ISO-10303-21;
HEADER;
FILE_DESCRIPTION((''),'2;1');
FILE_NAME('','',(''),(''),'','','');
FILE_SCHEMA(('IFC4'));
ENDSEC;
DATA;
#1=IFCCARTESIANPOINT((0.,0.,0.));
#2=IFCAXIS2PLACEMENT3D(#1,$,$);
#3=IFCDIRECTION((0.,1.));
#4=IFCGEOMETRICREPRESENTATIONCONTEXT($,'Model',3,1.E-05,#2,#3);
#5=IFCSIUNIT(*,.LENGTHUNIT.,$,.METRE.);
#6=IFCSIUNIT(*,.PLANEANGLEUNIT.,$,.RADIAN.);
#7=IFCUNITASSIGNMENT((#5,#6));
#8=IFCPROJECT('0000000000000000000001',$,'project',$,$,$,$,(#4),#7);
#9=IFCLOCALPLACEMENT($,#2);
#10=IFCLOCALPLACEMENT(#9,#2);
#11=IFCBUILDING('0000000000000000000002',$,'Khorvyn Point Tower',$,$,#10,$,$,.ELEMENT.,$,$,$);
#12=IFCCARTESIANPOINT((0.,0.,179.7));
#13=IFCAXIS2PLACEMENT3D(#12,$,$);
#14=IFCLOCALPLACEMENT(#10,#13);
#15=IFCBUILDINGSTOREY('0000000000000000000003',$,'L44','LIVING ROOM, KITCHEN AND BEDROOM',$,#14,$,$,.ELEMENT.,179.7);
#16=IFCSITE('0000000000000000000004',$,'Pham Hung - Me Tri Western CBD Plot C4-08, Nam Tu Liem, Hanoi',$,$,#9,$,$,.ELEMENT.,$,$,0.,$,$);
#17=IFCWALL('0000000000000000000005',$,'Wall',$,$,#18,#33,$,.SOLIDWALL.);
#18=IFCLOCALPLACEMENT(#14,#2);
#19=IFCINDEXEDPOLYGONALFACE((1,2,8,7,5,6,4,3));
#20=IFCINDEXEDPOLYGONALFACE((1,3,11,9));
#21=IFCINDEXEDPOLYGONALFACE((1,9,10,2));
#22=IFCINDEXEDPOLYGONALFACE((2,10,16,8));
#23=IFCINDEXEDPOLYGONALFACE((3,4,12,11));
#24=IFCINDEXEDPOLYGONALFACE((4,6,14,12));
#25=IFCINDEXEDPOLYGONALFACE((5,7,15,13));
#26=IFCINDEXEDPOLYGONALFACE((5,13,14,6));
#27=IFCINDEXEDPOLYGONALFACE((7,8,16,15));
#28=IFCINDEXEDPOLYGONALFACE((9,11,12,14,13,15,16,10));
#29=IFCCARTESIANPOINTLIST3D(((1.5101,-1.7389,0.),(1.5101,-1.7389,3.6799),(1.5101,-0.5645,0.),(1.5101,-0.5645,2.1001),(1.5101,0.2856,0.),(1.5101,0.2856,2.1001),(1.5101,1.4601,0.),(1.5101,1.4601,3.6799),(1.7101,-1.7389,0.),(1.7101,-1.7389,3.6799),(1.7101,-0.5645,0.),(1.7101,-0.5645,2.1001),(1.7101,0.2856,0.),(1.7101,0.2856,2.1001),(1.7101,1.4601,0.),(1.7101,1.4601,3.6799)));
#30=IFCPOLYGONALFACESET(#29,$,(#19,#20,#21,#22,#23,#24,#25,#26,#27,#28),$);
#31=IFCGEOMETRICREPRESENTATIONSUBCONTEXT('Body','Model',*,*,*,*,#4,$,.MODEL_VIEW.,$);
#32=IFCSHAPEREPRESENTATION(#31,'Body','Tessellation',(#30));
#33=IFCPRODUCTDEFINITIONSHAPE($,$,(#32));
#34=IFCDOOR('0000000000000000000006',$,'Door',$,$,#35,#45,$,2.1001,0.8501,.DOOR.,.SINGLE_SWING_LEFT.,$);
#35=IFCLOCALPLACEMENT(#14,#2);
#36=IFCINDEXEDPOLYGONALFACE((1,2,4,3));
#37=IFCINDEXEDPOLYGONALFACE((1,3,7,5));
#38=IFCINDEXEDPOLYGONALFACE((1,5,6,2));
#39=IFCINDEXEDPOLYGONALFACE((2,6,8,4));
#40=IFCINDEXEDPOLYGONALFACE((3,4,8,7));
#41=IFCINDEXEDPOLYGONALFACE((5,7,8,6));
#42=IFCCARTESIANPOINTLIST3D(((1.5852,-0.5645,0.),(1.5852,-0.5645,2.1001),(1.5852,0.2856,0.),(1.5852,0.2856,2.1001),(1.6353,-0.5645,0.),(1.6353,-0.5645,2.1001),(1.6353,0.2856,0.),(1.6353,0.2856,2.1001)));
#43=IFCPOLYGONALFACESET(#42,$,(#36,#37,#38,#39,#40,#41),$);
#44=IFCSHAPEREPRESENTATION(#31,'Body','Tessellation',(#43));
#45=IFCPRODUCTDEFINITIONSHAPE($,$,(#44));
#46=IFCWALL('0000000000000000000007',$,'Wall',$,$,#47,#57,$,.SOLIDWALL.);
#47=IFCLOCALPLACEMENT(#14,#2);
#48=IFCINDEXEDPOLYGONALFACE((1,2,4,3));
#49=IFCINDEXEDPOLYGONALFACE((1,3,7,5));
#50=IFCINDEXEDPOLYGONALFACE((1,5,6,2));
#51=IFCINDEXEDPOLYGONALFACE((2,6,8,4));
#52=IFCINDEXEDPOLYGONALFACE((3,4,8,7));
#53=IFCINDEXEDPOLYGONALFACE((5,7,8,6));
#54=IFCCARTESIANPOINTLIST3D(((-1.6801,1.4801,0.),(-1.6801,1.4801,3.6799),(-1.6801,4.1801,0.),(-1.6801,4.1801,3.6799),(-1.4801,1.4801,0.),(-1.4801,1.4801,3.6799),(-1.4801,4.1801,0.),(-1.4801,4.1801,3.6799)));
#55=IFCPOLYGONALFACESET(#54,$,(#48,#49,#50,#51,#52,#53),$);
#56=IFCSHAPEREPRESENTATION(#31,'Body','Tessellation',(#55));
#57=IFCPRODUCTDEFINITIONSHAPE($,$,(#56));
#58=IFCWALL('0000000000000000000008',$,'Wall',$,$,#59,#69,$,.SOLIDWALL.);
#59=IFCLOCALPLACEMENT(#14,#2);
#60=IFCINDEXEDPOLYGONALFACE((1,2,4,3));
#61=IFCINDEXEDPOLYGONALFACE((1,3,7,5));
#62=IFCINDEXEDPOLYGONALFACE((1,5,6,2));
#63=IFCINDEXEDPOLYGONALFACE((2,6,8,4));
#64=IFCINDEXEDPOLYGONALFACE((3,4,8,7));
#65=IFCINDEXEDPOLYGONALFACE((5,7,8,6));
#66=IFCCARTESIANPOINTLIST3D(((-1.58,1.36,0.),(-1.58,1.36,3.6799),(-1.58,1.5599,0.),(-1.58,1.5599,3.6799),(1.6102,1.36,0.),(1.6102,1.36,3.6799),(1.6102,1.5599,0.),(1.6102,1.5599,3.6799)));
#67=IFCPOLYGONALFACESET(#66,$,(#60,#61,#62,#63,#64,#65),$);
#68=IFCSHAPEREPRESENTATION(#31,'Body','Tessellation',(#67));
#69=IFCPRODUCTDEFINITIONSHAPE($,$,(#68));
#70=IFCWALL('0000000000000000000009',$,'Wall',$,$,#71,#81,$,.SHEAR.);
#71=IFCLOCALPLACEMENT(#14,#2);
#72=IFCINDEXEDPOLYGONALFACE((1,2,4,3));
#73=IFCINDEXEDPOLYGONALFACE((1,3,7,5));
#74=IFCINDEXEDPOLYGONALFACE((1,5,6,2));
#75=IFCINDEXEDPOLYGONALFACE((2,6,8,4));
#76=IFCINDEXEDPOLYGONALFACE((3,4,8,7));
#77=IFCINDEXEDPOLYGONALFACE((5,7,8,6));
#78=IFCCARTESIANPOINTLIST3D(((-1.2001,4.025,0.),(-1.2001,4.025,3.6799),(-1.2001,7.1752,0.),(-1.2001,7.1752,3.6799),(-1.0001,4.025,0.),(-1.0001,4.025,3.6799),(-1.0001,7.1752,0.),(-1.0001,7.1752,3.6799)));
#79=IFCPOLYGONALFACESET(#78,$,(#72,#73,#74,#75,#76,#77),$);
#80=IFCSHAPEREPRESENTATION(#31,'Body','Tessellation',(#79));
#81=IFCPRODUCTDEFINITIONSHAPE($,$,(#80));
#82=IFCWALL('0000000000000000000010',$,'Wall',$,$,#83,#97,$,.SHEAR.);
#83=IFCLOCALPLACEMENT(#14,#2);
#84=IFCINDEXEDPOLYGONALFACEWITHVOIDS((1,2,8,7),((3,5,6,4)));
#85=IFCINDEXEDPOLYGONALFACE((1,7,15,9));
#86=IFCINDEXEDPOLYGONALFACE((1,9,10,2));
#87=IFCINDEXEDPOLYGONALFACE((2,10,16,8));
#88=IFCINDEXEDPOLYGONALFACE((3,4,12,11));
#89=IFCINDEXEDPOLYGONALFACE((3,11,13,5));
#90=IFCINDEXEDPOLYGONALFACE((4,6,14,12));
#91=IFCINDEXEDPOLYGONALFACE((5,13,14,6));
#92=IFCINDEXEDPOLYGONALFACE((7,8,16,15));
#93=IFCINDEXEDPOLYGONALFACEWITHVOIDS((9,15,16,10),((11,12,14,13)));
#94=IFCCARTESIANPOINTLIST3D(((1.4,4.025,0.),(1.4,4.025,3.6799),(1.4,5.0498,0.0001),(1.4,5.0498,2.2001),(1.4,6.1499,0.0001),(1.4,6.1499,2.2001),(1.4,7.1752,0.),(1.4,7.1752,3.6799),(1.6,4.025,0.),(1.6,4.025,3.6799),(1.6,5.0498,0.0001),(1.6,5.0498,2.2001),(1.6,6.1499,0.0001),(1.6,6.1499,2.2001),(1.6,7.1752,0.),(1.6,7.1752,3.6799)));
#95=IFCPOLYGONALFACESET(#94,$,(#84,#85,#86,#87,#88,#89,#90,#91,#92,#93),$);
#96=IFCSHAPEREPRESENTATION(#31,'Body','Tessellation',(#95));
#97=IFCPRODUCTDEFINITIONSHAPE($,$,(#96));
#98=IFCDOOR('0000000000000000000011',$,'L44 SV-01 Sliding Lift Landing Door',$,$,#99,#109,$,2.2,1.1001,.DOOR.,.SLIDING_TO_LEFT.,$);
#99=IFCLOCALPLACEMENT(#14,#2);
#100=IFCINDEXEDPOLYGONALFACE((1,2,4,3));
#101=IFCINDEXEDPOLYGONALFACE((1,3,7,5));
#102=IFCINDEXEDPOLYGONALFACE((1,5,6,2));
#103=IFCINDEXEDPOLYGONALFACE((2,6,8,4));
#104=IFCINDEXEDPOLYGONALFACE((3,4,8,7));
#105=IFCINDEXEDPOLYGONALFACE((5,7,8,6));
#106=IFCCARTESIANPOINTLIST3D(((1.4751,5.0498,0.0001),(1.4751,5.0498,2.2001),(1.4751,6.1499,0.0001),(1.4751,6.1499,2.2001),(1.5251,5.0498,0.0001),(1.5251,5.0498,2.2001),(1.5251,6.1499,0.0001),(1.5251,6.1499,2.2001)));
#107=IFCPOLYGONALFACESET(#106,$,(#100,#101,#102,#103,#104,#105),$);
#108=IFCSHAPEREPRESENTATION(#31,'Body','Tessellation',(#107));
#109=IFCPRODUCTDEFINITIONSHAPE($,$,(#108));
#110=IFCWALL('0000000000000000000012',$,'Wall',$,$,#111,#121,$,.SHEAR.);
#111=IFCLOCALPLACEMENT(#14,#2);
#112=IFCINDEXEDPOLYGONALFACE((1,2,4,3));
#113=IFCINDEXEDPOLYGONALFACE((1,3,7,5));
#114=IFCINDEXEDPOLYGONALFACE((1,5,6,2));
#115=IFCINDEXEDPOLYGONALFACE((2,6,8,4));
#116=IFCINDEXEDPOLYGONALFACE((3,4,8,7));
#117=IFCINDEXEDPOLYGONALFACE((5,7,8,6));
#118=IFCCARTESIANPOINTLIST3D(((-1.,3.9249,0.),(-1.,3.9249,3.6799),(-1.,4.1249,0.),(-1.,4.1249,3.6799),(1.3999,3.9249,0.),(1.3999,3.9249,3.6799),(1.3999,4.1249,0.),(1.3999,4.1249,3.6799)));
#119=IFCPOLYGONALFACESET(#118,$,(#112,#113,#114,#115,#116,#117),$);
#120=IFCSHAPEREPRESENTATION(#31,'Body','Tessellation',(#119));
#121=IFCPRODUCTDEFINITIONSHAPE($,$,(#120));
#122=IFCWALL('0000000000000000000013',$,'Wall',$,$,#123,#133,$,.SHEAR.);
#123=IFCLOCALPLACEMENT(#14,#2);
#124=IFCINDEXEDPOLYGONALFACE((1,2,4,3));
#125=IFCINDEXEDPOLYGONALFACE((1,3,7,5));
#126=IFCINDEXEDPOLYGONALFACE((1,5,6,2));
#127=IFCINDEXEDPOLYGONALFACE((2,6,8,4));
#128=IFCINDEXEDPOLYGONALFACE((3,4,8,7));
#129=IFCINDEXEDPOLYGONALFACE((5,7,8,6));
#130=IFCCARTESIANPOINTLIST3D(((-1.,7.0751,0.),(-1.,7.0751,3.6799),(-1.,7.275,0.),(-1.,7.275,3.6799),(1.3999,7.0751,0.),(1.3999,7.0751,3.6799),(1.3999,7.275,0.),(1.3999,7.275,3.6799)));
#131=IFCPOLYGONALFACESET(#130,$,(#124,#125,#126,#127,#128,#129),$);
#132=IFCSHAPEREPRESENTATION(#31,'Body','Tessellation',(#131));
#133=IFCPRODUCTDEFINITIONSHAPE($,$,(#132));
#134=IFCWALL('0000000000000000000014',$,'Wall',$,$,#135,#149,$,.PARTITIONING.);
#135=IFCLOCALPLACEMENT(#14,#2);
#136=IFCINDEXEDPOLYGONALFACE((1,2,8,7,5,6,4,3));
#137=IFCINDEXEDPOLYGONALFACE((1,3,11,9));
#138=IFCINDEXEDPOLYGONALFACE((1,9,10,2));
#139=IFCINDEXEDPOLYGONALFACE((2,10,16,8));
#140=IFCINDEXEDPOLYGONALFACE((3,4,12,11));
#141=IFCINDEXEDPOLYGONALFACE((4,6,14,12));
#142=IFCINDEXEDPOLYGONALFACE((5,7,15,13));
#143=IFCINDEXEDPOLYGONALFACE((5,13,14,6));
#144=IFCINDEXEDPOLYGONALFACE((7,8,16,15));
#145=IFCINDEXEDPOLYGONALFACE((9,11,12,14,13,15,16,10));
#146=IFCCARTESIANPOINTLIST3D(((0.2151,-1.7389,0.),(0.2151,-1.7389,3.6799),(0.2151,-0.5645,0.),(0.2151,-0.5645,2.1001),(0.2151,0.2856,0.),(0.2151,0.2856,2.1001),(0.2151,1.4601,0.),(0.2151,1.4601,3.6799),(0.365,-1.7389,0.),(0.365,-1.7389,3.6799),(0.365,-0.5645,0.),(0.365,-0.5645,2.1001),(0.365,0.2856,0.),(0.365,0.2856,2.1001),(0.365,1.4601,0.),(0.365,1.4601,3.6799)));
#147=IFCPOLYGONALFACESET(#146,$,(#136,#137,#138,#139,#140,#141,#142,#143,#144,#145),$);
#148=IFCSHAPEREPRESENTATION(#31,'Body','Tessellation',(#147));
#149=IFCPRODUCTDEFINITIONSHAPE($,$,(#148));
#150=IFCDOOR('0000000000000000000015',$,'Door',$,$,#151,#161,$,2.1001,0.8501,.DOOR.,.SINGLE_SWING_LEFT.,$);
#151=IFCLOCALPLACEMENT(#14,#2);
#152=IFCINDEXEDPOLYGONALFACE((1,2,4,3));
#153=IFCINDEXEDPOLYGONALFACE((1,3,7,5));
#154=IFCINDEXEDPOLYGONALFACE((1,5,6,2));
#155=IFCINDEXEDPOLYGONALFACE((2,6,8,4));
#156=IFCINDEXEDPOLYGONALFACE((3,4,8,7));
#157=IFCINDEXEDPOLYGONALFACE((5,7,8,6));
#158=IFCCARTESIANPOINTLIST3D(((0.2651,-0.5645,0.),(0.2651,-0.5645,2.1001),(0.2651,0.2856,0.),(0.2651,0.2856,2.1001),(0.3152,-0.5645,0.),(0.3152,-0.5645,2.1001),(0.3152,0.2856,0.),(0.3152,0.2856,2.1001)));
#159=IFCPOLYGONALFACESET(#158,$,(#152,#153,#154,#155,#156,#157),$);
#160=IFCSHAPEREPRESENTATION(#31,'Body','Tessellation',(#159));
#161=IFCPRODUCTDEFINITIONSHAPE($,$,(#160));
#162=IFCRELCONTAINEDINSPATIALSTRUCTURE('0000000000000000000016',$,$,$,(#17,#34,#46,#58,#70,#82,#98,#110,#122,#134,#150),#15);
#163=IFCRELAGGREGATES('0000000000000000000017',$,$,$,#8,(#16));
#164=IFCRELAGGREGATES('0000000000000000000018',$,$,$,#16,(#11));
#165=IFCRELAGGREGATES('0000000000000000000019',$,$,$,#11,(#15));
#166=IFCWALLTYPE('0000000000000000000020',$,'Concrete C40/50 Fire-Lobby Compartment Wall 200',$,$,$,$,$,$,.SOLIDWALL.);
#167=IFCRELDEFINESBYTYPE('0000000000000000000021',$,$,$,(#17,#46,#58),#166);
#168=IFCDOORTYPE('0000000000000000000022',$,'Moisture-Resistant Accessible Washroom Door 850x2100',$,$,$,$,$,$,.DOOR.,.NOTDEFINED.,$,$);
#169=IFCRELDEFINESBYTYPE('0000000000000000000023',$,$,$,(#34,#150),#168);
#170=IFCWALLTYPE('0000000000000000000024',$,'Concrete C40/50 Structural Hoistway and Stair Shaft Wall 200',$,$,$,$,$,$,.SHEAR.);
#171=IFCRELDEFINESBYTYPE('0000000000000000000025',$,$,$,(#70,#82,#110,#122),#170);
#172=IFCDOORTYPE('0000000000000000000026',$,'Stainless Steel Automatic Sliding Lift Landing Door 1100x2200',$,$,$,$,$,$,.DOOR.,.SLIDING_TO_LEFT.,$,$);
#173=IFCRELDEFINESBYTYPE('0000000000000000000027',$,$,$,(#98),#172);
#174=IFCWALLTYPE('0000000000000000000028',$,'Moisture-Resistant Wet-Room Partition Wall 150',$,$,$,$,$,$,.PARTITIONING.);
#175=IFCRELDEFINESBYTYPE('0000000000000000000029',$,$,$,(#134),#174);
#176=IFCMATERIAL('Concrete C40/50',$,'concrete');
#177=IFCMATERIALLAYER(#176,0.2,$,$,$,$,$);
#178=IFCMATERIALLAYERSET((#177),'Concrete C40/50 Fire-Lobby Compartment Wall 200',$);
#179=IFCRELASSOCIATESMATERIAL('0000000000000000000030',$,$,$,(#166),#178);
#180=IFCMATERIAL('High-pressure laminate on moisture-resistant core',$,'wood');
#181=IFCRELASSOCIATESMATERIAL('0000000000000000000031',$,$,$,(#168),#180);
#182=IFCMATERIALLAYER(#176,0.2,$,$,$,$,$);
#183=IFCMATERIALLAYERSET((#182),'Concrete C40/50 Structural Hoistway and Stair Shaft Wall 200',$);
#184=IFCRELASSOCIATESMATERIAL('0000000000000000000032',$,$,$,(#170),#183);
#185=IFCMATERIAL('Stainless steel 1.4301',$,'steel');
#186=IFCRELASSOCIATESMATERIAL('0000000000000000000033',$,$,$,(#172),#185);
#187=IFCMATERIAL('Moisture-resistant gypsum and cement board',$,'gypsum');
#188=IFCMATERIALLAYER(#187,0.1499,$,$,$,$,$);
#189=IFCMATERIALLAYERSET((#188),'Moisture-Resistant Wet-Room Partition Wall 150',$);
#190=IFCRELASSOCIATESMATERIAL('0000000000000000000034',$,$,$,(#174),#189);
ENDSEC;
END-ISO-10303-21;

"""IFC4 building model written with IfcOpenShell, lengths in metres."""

from ifc_helpers import new_model, si_unit, direction, frame, frame_2d, origin, place, context, subcontext, project, spatial, rectangle, extrude, material, layer, layer_set, type_object, element, fill, save


model = new_model("IFC4")

# Units and contexts
model_context = context("Model", 3, precision=1e-05, world=origin(), true_north=direction((0.0, 1.0)))
body_context = subcontext(model_context, "Body", "Model", "MODEL_VIEW")
ifc_project = project(units=[si_unit("LENGTHUNIT", "METRE"), si_unit("PLANEANGLEUNIT", "RADIAN")], contexts=[model_context])

# Site, building, storey
site_placement = place(None, origin())
site = spatial("IfcSite", under=ifc_project, at=site_placement, Name="Pham Hung - Me Tri Western CBD Plot C4-08, Nam Tu Liem, Hanoi", CompositionType="ELEMENT", RefElevation=0.0)
building_placement = place(site_placement, origin())
building = spatial("IfcBuilding", under=site, at=building_placement, Name="Khorvyn Point Tower", CompositionType="ELEMENT")
storey_placement = place(building_placement, frame((0.0, 0.0, 179.7)))
storey = spatial("IfcBuildingStorey", under=building, at=storey_placement, Name="L44", Description="LIVING ROOM, KITCHEN AND BEDROOM", CompositionType="ELEMENT", Elevation=179.7)

# Shared definitions
ifc_material_1 = material(Name="Concrete C40/50", Category="concrete")

# Wall, opening, door
ifc_layer_1 = layer(ifc_material_1, 0.2)
ifc_layer_set_1 = layer_set([ifc_layer_1], Name="Concrete C40/50 Fire-Lobby Compartment Wall 200")
wall_type_1 = type_object("IfcWallType", Name="Concrete C40/50 Fire-Lobby Compartment Wall 200", PredefinedType="SOLIDWALL", material=ifc_layer_set_1)
wall_1_placement = place(storey_placement, frame((1.6101, -1.739, 0.0), z_axis=(0.0, 0.0, 1.0), x_axis=(0.0, 1.0, 0.0)))
wall_1 = element("IfcWall", 1, at=wall_1_placement, inside=storey, type_object=wall_type_1, Name="Wall", PredefinedType="SOLIDWALL", context=body_context, shape_type="SweptSolid", body=[
    extrude(rectangle(XDim=3.199, YDim=0.2, at=frame_2d((1.5996, 0.0))), origin(), (0.0, 0.0, 1.0), 3.6799),
])
opening_1_placement = place(wall_1_placement, frame((1.1746, 0.0, 0.0)))
opening_1 = element("IfcOpeningElement", 2, at=opening_1_placement, cuts=wall_1, PredefinedType="OPENING", context=body_context, shape_type="SweptSolid", body=[
    extrude(rectangle(XDim=0.8501, YDim=2.1001, at=frame_2d((0.425, 1.05))), frame((0.0, 0.1099, 0.0), z_axis=(0.0, -1.0, 0.0), x_axis=(1.0, 0.0, 0.0)), (0.0, 0.0, 1.0), 0.22),
])
ifc_material_2 = material(Name="High-pressure laminate on moisture-resistant core", Category="wood")
door_type_1 = type_object("IfcDoorType", Name="Moisture-Resistant Accessible Washroom Door 850x2100", OperationType="NOTDEFINED", PredefinedType="DOOR", material=ifc_material_2)
door_1_placement = place(opening_1_placement, origin())
door_1 = element("IfcDoor", 3, at=door_1_placement, inside=storey, type_object=door_type_1, Name="Door", OperationType="SINGLE_SWING_LEFT", OverallHeight=2.1001, OverallWidth=0.8501, PredefinedType="DOOR", context=body_context, shape_type="SweptSolid", body=[
    extrude(rectangle(XDim=0.8501, YDim=2.1001, at=frame_2d((0.425, 1.05))), frame((0.0, 0.0249, 0.0), z_axis=(0.0, -1.0, 0.0), x_axis=(1.0, 0.0, 0.0)), (0.0, 0.0, 1.0), 0.05),
])
fill(opening_1, door_1)

# Walls
wall_2_placement = place(storey_placement, frame((-1.5801, 1.48, 0.0), z_axis=(0.0, 0.0, 1.0), x_axis=(0.0, 1.0, 0.0)))
element("IfcWall", 4, at=wall_2_placement, inside=storey, type_object=wall_type_1, Name="Wall", PredefinedType="SOLIDWALL", context=body_context, shape_type="SweptSolid", body=[
    extrude(rectangle(XDim=2.7, YDim=0.2, at=frame_2d((1.3501, 0.0))), origin(), (0.0, 0.0, 1.0), 3.6799),
])
wall_3_placement = place(storey_placement, frame((-1.5801, 1.46, 0.0), z_axis=(0.0, 0.0, 1.0), x_axis=(1.0, 0.0, 0.0)))
element("IfcWall", 5, at=wall_3_placement, inside=storey, type_object=wall_type_1, Name="Wall", PredefinedType="SOLIDWALL", context=body_context, shape_type="SweptSolid", body=[
    extrude(rectangle(XDim=3.1902, YDim=0.2, at=frame_2d((1.5952, 0.0))), origin(), (0.0, 0.0, 1.0), 3.6799),
])
ifc_layer_2 = layer(ifc_material_1, 0.2)
ifc_layer_set_2 = layer_set([ifc_layer_2], Name="Concrete C40/50 Structural Hoistway and Stair Shaft Wall 200")
wall_type_2 = type_object("IfcWallType", Name="Concrete C40/50 Structural Hoistway and Stair Shaft Wall 200", PredefinedType="SHEAR", material=ifc_layer_set_2)
wall_4_placement = place(storey_placement, frame((-1.1001, 4.0249, 0.0), z_axis=(0.0, 0.0, 1.0), x_axis=(0.0, 1.0, 0.0)))
element("IfcWall", 6, at=wall_4_placement, inside=storey, type_object=wall_type_2, Name="Wall", PredefinedType="SHEAR", context=body_context, shape_type="SweptSolid", body=[
    extrude(rectangle(XDim=3.1501, YDim=0.2, at=frame_2d((1.5752, 0.0))), origin(), (0.0, 0.0, 1.0), 3.6799),
])

# Wall, opening, door
wall_5_placement = place(storey_placement, frame((1.5, 4.0249, 0.0), z_axis=(0.0, 0.0, 1.0), x_axis=(0.0, 1.0, 0.0)))
wall_5 = element("IfcWall", 7, at=wall_5_placement, inside=storey, type_object=wall_type_2, Name="Wall", PredefinedType="SHEAR", context=body_context, shape_type="SweptSolid", body=[
    extrude(rectangle(XDim=3.1501, YDim=0.2, at=frame_2d((1.5752, 0.0))), origin(), (0.0, 0.0, 1.0), 3.6799),
])
opening_2_placement = place(wall_5_placement, frame((1.0249, 0.0, 0.0)))
opening_2 = element("IfcOpeningElement", 8, at=opening_2_placement, cuts=wall_5, PredefinedType="OPENING", context=body_context, shape_type="SweptSolid", body=[
    extrude(rectangle(XDim=1.1001, YDim=2.2, at=frame_2d((0.55, 1.1001))), frame((0.0, 0.1099, 0.0), z_axis=(0.0, -1.0, 0.0), x_axis=(1.0, 0.0, 0.0)), (0.0, 0.0, 1.0), 0.22),
])
ifc_material_3 = material(Name="Stainless steel 1.4301", Category="steel")
door_type_2 = type_object("IfcDoorType", Name="Stainless Steel Automatic Sliding Lift Landing Door 1100x2200", OperationType="SLIDING_TO_LEFT", PredefinedType="DOOR", material=ifc_material_3)
door_2_placement = place(opening_2_placement, origin())
door_2 = element("IfcDoor", 9, at=door_2_placement, inside=storey, type_object=door_type_2, Name="L44 SV-01 Sliding Lift Landing Door", OperationType="SLIDING_TO_LEFT", OverallHeight=2.2, OverallWidth=1.1001, PredefinedType="DOOR", context=body_context, shape_type="SweptSolid", body=[
    extrude(rectangle(XDim=1.1001, YDim=2.2, at=frame_2d((0.55, 1.1001))), frame((0.0, 0.0249, 0.0), z_axis=(0.0, -1.0, 0.0), x_axis=(1.0, 0.0, 0.0)), (0.0, 0.0, 1.0), 0.05),
])
fill(opening_2, door_2)

# Walls
for number, where, z_axis, x_axis, name in (
    (10, (-1.0, 4.0249, 0.0), (0.0, 0.0, 1.0), (1.0, 0.0, 0.0), "Wall"),
    (11, (-1.0, 7.175, 0.0), (0.0, 0.0, 1.0), (1.0, 0.0, 0.0), "Wall"),
):
    element("IfcWall", number, at=place(storey_placement, frame(where, z_axis=z_axis, x_axis=x_axis)), inside=storey, type_object=wall_type_2, Name=name, PredefinedType="SHEAR", context=body_context, shape_type="SweptSolid", body=[
        extrude(rectangle(XDim=2.3999, YDim=0.2, at=frame_2d((1.2, 0.0))), origin(), (0.0, 0.0, 1.0), 3.6799),
    ])

# Wall, opening, door
ifc_material_4 = material(Name="Moisture-resistant gypsum and cement board", Category="gypsum")
ifc_layer_3 = layer(ifc_material_4, 0.1499)
ifc_layer_set_3 = layer_set([ifc_layer_3], Name="Moisture-Resistant Wet-Room Partition Wall 150")
wall_type_3 = type_object("IfcWallType", Name="Moisture-Resistant Wet-Room Partition Wall 150", PredefinedType="PARTITIONING", material=ifc_layer_set_3)
wall_6_placement = place(storey_placement, frame((0.29, -1.739, 0.0), z_axis=(0.0, 0.0, 1.0), x_axis=(0.0, 1.0, 0.0)))
wall_6 = element("IfcWall", 12, at=wall_6_placement, inside=storey, type_object=wall_type_3, Name="Wall", PredefinedType="PARTITIONING", context=body_context, shape_type="SweptSolid", body=[
    extrude(rectangle(XDim=3.199, YDim=0.1499, at=frame_2d((1.5996, 0.0))), origin(), (0.0, 0.0, 1.0), 3.6799),
])
opening_3_placement = place(wall_6_placement, frame((1.1746, 0.0, 0.0)))
opening_3 = element("IfcOpeningElement", 13, at=opening_3_placement, cuts=wall_6, PredefinedType="OPENING", context=body_context, shape_type="SweptSolid", body=[
    extrude(rectangle(XDim=0.8501, YDim=2.1001, at=frame_2d((0.425, 1.05))), frame((0.0, 0.085, 0.0), z_axis=(0.0, -1.0, 0.0), x_axis=(1.0, 0.0, 0.0)), (0.0, 0.0, 1.0), 0.1699),
])
door_3_placement = place(opening_3_placement, origin())
door_3 = element("IfcDoor", 14, at=door_3_placement, inside=storey, type_object=door_type_1, Name="Door", OperationType="SINGLE_SWING_LEFT", OverallHeight=2.1001, OverallWidth=0.8501, PredefinedType="DOOR", context=body_context, shape_type="SweptSolid", body=[
    extrude(rectangle(XDim=0.8501, YDim=2.1001, at=frame_2d((0.425, 1.05))), frame((0.0, 0.0249, 0.0), z_axis=(0.0, -1.0, 0.0), x_axis=(1.0, 0.0, 0.0)), (0.0, 0.0, 1.0), 0.05),
])
fill(opening_3, door_3)

save(model, "model.ifc")
